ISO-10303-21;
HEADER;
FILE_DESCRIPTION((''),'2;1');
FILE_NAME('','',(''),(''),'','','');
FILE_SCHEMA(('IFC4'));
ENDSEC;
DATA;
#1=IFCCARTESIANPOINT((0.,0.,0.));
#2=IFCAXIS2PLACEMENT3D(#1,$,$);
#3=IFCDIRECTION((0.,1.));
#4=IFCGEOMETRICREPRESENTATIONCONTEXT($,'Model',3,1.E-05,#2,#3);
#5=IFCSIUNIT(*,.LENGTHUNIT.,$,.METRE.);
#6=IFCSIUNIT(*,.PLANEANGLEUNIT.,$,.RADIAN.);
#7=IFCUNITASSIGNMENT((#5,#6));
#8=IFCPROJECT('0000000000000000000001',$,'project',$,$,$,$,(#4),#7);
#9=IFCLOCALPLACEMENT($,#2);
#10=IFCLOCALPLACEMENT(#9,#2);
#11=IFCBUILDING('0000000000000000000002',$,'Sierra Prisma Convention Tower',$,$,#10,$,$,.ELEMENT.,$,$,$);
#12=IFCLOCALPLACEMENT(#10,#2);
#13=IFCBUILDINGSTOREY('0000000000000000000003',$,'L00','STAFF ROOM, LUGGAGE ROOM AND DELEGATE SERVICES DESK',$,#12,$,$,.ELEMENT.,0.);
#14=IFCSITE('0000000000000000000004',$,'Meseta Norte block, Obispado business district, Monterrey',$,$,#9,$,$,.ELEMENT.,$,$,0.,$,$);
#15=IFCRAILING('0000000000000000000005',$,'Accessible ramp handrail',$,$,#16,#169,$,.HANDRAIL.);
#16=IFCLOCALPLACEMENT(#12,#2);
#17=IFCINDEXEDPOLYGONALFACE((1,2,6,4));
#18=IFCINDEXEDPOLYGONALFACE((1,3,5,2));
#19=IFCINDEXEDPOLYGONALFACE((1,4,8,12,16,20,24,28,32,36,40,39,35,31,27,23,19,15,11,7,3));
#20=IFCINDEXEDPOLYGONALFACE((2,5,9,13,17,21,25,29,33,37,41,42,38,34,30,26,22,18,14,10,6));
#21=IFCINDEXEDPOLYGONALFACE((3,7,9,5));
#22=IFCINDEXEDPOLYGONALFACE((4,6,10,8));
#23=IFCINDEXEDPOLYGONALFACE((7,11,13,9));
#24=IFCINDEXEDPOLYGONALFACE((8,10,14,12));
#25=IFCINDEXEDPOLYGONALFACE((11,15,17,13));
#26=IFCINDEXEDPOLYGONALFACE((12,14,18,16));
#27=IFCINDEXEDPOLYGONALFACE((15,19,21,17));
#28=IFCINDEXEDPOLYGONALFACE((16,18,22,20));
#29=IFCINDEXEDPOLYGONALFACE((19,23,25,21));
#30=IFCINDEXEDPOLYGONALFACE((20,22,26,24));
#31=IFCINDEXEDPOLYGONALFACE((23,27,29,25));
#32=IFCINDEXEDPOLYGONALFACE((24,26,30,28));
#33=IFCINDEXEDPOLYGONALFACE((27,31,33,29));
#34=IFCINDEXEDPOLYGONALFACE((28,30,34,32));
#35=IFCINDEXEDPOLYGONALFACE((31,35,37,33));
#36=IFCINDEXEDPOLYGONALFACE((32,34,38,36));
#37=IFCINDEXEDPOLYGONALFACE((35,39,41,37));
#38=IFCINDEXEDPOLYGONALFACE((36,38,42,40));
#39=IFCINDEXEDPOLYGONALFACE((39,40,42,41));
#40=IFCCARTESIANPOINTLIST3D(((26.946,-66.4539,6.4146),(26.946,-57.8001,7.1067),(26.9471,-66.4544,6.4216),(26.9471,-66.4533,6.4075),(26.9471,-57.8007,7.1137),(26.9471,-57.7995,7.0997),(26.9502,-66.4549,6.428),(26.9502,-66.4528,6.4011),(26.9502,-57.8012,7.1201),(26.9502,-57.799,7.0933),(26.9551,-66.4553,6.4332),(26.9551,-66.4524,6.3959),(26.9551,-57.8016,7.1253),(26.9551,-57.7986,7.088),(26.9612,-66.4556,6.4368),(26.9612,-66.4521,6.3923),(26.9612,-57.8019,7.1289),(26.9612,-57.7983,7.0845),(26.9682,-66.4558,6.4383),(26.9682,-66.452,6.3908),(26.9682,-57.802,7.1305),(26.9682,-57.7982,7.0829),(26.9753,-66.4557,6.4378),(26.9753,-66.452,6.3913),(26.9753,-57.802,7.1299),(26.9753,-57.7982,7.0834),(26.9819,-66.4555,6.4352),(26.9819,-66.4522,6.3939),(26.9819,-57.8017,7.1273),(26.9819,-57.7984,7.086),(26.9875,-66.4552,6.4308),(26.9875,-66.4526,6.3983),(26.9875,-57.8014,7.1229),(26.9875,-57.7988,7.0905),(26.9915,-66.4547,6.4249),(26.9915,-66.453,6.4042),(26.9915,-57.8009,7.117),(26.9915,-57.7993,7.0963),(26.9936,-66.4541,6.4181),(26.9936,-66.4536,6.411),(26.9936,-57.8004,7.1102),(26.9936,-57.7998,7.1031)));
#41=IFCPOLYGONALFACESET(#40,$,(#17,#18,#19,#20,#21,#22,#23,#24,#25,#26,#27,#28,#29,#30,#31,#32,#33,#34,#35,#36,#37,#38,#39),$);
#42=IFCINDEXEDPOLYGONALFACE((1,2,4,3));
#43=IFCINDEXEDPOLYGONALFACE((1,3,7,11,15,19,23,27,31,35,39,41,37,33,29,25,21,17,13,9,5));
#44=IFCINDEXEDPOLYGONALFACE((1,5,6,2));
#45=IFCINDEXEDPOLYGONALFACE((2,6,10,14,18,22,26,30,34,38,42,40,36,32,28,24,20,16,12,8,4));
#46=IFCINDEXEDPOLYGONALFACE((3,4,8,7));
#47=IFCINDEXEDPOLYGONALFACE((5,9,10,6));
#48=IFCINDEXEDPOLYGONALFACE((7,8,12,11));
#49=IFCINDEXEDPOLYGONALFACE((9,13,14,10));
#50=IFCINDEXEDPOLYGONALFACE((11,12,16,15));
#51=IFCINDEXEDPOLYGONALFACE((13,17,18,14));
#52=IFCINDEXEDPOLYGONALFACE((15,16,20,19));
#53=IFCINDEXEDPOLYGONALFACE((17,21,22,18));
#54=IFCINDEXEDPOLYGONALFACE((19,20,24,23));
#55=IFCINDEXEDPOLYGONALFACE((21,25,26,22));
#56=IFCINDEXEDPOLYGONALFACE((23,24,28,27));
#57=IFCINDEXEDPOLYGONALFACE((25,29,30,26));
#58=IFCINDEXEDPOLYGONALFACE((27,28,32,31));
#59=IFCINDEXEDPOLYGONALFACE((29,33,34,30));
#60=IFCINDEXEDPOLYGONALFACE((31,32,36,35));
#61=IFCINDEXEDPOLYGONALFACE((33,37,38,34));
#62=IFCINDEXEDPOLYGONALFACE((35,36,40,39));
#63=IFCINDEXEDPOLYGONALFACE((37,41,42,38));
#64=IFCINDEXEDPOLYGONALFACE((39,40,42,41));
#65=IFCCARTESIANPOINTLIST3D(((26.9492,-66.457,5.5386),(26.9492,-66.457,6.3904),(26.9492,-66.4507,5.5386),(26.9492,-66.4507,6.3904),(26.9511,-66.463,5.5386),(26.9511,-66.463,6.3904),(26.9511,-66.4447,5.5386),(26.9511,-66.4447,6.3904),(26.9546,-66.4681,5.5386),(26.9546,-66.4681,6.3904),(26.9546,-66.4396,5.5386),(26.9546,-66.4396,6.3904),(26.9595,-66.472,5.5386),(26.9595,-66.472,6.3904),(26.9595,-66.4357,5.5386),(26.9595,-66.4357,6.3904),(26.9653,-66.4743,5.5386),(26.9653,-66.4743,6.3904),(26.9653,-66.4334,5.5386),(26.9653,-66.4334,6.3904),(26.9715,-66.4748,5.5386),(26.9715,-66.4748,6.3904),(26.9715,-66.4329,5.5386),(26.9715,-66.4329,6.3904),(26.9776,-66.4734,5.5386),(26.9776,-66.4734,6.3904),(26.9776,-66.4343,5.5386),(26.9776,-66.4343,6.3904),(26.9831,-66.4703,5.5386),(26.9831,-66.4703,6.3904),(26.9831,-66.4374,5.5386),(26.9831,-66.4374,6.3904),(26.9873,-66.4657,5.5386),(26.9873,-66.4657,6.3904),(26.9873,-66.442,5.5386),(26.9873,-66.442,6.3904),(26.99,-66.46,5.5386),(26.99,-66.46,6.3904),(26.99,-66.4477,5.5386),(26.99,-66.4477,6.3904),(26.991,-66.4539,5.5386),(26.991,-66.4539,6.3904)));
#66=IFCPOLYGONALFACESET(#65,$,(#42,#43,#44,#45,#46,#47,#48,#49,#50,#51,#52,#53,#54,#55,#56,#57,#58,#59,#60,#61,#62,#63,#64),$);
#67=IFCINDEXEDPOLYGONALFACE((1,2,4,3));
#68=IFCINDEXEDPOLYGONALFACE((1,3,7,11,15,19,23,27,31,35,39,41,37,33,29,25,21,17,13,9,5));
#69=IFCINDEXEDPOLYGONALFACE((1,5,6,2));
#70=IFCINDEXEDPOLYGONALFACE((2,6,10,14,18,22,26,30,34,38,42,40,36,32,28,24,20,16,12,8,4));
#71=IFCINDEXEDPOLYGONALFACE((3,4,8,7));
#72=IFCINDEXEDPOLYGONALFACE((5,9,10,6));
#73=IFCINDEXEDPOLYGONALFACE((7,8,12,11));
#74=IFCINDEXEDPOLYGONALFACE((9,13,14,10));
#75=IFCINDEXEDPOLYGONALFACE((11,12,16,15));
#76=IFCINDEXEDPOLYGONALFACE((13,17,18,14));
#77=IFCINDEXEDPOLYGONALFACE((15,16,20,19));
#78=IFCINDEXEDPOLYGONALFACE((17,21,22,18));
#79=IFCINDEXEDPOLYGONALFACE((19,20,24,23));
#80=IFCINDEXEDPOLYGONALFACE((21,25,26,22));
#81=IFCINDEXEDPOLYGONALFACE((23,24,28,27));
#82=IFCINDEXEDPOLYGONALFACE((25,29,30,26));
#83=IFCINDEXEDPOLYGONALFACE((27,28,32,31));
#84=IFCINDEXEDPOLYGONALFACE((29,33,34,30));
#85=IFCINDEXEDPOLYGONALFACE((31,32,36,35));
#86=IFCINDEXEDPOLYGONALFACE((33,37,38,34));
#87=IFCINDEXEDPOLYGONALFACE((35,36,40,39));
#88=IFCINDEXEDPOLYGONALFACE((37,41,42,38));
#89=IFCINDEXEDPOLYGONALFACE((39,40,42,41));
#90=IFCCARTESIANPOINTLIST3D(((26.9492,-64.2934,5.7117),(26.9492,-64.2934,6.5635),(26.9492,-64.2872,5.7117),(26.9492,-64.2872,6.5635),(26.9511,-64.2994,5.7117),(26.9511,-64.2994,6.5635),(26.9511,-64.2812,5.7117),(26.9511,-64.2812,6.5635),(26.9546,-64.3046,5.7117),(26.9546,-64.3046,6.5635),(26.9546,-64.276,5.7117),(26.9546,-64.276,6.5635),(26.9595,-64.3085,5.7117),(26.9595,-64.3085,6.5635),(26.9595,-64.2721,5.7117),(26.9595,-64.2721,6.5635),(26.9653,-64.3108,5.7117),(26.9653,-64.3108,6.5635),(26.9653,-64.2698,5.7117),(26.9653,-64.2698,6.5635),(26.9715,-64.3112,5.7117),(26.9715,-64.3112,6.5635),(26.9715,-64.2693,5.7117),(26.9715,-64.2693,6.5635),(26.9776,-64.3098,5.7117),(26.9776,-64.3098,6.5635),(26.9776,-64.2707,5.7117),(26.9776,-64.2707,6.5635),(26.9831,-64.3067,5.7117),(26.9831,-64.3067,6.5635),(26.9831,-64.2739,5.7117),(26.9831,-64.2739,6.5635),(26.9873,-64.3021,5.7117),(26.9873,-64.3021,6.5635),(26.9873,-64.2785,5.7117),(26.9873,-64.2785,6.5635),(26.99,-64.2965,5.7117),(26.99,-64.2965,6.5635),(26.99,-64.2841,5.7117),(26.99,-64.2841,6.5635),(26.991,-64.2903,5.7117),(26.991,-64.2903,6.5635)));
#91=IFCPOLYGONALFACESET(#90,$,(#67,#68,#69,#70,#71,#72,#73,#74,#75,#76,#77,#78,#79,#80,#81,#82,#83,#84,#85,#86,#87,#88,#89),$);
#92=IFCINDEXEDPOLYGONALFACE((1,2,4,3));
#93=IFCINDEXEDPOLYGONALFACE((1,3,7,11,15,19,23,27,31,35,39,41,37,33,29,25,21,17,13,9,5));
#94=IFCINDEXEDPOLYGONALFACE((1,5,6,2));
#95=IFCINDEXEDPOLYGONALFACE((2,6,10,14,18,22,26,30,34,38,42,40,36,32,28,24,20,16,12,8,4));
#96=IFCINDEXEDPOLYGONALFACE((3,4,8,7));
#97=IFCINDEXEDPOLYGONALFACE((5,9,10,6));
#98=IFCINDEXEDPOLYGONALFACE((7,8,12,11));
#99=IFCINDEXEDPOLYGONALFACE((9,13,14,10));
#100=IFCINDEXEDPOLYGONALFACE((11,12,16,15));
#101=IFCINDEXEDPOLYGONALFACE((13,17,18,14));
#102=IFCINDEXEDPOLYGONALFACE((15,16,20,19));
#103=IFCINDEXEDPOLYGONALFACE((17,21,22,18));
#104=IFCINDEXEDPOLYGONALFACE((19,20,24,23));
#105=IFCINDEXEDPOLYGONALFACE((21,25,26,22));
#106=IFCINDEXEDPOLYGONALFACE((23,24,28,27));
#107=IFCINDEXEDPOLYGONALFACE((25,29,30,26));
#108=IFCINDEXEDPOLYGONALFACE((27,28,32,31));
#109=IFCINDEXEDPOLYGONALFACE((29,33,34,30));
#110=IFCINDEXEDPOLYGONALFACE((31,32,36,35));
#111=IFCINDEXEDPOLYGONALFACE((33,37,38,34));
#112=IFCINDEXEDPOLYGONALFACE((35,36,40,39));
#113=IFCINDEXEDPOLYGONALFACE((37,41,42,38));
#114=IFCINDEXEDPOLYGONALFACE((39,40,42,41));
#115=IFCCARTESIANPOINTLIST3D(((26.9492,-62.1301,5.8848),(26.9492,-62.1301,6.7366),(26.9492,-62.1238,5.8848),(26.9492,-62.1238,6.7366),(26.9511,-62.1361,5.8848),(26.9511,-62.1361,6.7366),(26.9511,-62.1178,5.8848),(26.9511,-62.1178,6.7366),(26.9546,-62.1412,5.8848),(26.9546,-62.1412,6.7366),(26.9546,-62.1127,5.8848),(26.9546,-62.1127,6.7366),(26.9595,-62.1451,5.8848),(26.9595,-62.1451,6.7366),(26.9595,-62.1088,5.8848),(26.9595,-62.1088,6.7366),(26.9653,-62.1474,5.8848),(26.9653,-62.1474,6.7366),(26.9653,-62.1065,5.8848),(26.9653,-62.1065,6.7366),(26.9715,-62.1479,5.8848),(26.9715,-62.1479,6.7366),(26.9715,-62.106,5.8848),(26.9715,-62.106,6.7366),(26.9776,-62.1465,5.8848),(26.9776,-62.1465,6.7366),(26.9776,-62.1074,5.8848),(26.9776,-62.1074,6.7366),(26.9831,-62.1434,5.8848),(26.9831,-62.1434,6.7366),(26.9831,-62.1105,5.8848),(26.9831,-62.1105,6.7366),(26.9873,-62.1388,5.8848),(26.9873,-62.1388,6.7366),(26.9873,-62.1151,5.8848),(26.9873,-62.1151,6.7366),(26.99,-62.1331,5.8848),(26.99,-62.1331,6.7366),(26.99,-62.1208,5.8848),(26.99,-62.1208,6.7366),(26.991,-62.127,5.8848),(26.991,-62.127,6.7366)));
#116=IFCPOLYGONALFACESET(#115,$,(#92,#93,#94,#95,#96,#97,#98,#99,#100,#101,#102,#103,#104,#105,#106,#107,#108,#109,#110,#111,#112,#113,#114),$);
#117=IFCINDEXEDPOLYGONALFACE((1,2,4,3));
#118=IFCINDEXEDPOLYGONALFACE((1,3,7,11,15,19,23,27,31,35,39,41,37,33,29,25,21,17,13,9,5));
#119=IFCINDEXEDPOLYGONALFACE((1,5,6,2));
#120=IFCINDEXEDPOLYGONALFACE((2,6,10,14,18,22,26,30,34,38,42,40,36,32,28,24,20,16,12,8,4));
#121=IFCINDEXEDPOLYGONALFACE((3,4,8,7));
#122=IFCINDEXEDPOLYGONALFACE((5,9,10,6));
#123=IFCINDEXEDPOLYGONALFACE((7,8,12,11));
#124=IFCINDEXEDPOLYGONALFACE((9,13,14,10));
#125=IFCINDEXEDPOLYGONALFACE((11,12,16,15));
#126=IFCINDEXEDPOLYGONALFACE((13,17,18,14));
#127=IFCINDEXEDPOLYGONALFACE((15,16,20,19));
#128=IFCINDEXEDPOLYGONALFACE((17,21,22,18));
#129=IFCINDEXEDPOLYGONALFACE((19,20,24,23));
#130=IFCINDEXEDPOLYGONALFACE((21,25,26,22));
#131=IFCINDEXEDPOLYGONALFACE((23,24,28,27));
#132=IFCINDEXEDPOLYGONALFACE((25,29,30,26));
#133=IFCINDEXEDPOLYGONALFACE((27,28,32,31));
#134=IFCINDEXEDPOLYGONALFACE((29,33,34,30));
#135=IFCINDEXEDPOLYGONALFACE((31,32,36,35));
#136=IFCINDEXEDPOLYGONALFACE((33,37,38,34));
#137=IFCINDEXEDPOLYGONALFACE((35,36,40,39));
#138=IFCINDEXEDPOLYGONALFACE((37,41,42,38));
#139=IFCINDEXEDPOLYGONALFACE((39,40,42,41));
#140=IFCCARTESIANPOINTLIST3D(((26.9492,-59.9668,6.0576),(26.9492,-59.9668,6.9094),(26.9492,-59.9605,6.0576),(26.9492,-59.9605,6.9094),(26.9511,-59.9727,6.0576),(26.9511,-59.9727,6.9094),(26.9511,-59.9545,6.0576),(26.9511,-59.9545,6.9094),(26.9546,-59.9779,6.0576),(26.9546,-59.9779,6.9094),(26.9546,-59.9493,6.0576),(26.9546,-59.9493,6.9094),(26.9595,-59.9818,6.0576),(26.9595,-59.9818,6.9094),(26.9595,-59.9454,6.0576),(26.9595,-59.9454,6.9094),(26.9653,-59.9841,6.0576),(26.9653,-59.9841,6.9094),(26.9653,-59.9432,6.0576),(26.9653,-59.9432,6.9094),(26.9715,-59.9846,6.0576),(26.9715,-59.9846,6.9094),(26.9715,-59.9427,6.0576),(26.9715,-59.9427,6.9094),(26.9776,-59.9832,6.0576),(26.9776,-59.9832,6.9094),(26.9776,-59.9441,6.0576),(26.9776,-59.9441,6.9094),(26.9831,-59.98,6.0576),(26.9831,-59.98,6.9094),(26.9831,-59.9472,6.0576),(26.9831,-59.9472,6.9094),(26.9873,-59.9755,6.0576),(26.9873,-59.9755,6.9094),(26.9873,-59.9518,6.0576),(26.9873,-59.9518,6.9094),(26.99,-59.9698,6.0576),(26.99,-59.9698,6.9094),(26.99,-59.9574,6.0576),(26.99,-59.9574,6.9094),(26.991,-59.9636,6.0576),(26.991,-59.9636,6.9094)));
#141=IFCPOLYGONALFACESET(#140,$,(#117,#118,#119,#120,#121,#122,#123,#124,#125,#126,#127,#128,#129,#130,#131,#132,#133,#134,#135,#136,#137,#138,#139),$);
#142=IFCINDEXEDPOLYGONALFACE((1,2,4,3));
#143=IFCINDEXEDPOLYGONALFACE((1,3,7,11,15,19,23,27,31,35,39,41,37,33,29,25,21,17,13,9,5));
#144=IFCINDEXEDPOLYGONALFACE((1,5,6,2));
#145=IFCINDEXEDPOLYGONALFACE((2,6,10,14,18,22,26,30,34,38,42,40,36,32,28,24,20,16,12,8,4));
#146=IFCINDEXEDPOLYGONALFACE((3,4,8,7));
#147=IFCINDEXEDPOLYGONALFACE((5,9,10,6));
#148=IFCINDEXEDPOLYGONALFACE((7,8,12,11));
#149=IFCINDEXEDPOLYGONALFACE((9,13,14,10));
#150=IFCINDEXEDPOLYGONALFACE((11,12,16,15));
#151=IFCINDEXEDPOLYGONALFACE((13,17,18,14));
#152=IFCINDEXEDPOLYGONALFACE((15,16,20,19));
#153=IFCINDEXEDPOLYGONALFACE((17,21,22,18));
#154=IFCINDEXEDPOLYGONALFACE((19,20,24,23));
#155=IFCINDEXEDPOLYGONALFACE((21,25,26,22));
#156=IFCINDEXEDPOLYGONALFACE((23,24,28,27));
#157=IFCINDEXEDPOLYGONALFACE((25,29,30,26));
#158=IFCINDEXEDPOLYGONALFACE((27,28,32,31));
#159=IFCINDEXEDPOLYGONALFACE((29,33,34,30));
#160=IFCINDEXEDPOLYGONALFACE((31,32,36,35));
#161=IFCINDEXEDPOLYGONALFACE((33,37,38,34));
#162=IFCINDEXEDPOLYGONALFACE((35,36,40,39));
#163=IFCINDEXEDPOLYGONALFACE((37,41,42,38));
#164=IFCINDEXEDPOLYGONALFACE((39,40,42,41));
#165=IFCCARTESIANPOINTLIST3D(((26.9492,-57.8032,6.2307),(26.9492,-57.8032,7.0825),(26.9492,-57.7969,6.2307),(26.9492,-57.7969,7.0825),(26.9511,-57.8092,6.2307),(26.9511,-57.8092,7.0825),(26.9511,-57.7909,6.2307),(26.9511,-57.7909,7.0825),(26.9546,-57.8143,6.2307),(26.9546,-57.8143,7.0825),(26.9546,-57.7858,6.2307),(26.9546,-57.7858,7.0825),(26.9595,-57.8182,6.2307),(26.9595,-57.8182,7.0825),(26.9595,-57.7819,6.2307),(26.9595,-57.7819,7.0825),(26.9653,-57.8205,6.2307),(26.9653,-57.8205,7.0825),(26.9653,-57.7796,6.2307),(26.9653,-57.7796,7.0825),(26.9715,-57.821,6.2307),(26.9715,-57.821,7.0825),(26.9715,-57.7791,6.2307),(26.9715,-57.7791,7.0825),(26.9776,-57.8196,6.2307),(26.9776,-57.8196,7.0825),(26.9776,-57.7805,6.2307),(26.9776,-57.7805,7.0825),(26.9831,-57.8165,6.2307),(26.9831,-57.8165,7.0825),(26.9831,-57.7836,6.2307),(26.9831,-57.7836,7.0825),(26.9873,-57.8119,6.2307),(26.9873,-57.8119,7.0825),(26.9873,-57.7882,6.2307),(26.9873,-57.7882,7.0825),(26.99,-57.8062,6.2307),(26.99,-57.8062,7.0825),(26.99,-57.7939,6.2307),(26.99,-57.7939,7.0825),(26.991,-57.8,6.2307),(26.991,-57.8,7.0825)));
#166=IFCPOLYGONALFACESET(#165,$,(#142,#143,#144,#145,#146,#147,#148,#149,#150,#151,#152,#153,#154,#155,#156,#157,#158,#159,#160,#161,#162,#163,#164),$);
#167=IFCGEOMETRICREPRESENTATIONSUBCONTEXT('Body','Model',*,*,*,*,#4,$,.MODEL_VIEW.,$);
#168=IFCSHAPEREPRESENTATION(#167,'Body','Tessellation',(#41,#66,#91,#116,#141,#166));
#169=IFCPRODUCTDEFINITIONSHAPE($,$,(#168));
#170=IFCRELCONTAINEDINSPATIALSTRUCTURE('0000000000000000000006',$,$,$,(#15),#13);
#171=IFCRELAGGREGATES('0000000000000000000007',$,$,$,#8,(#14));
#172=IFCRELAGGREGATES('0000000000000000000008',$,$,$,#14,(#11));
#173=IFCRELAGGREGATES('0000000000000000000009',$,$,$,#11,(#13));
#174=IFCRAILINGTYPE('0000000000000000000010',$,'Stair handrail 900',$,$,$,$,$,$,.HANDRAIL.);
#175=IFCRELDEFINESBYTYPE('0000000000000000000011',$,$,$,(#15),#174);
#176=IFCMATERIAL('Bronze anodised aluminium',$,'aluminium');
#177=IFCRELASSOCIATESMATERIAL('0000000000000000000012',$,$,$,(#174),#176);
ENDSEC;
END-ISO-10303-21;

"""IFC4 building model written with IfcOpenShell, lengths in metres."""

from ifc_helpers import new_model, si_unit, direction, frame, origin, origin_2d, place, context, subcontext, project, spatial, circle, extrude, material, type_object, element, save


model = new_model("IFC4")

# Units and contexts
model_context = context("Model", 3, precision=1e-05, world=origin(), true_north=direction((0.0, 1.0)))
body_context = subcontext(model_context, "Body", "Model", "MODEL_VIEW")
ifc_project = project(units=[si_unit("LENGTHUNIT", "METRE"), si_unit("PLANEANGLEUNIT", "RADIAN")], contexts=[model_context])

# Site, building, storey
site_placement = place(None, origin())
site = spatial("IfcSite", under=ifc_project, at=site_placement, Name="Meseta Norte block, Obispado business district, Monterrey", CompositionType="ELEMENT", RefElevation=0.0)
building_placement = place(site_placement, origin())
building = spatial("IfcBuilding", under=site, at=building_placement, Name="Sierra Prisma Convention Tower", CompositionType="ELEMENT")
storey_placement = place(building_placement, origin())
storey = spatial("IfcBuildingStorey", under=building, at=storey_placement, Name="L00", Description="STAFF ROOM, LUGGAGE ROOM AND DELEGATE SERVICES DESK", CompositionType="ELEMENT", Elevation=0.0)

# Railing
ifc_material_1 = material(Name="Bronze anodised aluminium", Category="aluminium")
railing_type_1 = type_object("IfcRailingType", Name="Stair handrail 900", PredefinedType="HANDRAIL", material=ifc_material_1)
for number, where, name in (
    (1, (26.97, -66.4539, 5.5386), "Accessible ramp handrail"),
):
    element("IfcRailing", number, at=place(storey_placement, frame(where)), inside=storey, type_object=railing_type_1, Name=name, PredefinedType="HANDRAIL", context=body_context, shape_type="SweptSolid", body=[
        extrude(circle(Radius=0.0239, at=origin_2d()), frame((0.0, 0.0, 0.876), z_axis=(0.0, 0.996817, 0.079726), x_axis=(-1.0, 0.0, 0.0)), (0.0, 0.0, 1.0), 8.6814),
        extrude(circle(Radius=0.021, at=origin_2d()), origin(), (0.0, 0.0, 1.0), 0.8518),
        extrude(circle(Radius=0.021, at=origin_2d()), frame((0.0, 2.1636, 0.1731)), (0.0, 0.0, 1.0), 0.8518),
        extrude(circle(Radius=0.021, at=origin_2d()), frame((0.0, 4.3269, 0.3462)), (0.0, 0.0, 1.0), 0.8518),
        extrude(circle(Radius=0.021, at=origin_2d()), frame((0.0, 6.4902, 0.519)), (0.0, 0.0, 1.0), 0.8518),
        extrude(circle(Radius=0.021, at=origin_2d()), frame((0.0, 8.6538, 0.6921)), (0.0, 0.0, 1.0), 0.8518),
    ])

save(model, "model.ifc")
